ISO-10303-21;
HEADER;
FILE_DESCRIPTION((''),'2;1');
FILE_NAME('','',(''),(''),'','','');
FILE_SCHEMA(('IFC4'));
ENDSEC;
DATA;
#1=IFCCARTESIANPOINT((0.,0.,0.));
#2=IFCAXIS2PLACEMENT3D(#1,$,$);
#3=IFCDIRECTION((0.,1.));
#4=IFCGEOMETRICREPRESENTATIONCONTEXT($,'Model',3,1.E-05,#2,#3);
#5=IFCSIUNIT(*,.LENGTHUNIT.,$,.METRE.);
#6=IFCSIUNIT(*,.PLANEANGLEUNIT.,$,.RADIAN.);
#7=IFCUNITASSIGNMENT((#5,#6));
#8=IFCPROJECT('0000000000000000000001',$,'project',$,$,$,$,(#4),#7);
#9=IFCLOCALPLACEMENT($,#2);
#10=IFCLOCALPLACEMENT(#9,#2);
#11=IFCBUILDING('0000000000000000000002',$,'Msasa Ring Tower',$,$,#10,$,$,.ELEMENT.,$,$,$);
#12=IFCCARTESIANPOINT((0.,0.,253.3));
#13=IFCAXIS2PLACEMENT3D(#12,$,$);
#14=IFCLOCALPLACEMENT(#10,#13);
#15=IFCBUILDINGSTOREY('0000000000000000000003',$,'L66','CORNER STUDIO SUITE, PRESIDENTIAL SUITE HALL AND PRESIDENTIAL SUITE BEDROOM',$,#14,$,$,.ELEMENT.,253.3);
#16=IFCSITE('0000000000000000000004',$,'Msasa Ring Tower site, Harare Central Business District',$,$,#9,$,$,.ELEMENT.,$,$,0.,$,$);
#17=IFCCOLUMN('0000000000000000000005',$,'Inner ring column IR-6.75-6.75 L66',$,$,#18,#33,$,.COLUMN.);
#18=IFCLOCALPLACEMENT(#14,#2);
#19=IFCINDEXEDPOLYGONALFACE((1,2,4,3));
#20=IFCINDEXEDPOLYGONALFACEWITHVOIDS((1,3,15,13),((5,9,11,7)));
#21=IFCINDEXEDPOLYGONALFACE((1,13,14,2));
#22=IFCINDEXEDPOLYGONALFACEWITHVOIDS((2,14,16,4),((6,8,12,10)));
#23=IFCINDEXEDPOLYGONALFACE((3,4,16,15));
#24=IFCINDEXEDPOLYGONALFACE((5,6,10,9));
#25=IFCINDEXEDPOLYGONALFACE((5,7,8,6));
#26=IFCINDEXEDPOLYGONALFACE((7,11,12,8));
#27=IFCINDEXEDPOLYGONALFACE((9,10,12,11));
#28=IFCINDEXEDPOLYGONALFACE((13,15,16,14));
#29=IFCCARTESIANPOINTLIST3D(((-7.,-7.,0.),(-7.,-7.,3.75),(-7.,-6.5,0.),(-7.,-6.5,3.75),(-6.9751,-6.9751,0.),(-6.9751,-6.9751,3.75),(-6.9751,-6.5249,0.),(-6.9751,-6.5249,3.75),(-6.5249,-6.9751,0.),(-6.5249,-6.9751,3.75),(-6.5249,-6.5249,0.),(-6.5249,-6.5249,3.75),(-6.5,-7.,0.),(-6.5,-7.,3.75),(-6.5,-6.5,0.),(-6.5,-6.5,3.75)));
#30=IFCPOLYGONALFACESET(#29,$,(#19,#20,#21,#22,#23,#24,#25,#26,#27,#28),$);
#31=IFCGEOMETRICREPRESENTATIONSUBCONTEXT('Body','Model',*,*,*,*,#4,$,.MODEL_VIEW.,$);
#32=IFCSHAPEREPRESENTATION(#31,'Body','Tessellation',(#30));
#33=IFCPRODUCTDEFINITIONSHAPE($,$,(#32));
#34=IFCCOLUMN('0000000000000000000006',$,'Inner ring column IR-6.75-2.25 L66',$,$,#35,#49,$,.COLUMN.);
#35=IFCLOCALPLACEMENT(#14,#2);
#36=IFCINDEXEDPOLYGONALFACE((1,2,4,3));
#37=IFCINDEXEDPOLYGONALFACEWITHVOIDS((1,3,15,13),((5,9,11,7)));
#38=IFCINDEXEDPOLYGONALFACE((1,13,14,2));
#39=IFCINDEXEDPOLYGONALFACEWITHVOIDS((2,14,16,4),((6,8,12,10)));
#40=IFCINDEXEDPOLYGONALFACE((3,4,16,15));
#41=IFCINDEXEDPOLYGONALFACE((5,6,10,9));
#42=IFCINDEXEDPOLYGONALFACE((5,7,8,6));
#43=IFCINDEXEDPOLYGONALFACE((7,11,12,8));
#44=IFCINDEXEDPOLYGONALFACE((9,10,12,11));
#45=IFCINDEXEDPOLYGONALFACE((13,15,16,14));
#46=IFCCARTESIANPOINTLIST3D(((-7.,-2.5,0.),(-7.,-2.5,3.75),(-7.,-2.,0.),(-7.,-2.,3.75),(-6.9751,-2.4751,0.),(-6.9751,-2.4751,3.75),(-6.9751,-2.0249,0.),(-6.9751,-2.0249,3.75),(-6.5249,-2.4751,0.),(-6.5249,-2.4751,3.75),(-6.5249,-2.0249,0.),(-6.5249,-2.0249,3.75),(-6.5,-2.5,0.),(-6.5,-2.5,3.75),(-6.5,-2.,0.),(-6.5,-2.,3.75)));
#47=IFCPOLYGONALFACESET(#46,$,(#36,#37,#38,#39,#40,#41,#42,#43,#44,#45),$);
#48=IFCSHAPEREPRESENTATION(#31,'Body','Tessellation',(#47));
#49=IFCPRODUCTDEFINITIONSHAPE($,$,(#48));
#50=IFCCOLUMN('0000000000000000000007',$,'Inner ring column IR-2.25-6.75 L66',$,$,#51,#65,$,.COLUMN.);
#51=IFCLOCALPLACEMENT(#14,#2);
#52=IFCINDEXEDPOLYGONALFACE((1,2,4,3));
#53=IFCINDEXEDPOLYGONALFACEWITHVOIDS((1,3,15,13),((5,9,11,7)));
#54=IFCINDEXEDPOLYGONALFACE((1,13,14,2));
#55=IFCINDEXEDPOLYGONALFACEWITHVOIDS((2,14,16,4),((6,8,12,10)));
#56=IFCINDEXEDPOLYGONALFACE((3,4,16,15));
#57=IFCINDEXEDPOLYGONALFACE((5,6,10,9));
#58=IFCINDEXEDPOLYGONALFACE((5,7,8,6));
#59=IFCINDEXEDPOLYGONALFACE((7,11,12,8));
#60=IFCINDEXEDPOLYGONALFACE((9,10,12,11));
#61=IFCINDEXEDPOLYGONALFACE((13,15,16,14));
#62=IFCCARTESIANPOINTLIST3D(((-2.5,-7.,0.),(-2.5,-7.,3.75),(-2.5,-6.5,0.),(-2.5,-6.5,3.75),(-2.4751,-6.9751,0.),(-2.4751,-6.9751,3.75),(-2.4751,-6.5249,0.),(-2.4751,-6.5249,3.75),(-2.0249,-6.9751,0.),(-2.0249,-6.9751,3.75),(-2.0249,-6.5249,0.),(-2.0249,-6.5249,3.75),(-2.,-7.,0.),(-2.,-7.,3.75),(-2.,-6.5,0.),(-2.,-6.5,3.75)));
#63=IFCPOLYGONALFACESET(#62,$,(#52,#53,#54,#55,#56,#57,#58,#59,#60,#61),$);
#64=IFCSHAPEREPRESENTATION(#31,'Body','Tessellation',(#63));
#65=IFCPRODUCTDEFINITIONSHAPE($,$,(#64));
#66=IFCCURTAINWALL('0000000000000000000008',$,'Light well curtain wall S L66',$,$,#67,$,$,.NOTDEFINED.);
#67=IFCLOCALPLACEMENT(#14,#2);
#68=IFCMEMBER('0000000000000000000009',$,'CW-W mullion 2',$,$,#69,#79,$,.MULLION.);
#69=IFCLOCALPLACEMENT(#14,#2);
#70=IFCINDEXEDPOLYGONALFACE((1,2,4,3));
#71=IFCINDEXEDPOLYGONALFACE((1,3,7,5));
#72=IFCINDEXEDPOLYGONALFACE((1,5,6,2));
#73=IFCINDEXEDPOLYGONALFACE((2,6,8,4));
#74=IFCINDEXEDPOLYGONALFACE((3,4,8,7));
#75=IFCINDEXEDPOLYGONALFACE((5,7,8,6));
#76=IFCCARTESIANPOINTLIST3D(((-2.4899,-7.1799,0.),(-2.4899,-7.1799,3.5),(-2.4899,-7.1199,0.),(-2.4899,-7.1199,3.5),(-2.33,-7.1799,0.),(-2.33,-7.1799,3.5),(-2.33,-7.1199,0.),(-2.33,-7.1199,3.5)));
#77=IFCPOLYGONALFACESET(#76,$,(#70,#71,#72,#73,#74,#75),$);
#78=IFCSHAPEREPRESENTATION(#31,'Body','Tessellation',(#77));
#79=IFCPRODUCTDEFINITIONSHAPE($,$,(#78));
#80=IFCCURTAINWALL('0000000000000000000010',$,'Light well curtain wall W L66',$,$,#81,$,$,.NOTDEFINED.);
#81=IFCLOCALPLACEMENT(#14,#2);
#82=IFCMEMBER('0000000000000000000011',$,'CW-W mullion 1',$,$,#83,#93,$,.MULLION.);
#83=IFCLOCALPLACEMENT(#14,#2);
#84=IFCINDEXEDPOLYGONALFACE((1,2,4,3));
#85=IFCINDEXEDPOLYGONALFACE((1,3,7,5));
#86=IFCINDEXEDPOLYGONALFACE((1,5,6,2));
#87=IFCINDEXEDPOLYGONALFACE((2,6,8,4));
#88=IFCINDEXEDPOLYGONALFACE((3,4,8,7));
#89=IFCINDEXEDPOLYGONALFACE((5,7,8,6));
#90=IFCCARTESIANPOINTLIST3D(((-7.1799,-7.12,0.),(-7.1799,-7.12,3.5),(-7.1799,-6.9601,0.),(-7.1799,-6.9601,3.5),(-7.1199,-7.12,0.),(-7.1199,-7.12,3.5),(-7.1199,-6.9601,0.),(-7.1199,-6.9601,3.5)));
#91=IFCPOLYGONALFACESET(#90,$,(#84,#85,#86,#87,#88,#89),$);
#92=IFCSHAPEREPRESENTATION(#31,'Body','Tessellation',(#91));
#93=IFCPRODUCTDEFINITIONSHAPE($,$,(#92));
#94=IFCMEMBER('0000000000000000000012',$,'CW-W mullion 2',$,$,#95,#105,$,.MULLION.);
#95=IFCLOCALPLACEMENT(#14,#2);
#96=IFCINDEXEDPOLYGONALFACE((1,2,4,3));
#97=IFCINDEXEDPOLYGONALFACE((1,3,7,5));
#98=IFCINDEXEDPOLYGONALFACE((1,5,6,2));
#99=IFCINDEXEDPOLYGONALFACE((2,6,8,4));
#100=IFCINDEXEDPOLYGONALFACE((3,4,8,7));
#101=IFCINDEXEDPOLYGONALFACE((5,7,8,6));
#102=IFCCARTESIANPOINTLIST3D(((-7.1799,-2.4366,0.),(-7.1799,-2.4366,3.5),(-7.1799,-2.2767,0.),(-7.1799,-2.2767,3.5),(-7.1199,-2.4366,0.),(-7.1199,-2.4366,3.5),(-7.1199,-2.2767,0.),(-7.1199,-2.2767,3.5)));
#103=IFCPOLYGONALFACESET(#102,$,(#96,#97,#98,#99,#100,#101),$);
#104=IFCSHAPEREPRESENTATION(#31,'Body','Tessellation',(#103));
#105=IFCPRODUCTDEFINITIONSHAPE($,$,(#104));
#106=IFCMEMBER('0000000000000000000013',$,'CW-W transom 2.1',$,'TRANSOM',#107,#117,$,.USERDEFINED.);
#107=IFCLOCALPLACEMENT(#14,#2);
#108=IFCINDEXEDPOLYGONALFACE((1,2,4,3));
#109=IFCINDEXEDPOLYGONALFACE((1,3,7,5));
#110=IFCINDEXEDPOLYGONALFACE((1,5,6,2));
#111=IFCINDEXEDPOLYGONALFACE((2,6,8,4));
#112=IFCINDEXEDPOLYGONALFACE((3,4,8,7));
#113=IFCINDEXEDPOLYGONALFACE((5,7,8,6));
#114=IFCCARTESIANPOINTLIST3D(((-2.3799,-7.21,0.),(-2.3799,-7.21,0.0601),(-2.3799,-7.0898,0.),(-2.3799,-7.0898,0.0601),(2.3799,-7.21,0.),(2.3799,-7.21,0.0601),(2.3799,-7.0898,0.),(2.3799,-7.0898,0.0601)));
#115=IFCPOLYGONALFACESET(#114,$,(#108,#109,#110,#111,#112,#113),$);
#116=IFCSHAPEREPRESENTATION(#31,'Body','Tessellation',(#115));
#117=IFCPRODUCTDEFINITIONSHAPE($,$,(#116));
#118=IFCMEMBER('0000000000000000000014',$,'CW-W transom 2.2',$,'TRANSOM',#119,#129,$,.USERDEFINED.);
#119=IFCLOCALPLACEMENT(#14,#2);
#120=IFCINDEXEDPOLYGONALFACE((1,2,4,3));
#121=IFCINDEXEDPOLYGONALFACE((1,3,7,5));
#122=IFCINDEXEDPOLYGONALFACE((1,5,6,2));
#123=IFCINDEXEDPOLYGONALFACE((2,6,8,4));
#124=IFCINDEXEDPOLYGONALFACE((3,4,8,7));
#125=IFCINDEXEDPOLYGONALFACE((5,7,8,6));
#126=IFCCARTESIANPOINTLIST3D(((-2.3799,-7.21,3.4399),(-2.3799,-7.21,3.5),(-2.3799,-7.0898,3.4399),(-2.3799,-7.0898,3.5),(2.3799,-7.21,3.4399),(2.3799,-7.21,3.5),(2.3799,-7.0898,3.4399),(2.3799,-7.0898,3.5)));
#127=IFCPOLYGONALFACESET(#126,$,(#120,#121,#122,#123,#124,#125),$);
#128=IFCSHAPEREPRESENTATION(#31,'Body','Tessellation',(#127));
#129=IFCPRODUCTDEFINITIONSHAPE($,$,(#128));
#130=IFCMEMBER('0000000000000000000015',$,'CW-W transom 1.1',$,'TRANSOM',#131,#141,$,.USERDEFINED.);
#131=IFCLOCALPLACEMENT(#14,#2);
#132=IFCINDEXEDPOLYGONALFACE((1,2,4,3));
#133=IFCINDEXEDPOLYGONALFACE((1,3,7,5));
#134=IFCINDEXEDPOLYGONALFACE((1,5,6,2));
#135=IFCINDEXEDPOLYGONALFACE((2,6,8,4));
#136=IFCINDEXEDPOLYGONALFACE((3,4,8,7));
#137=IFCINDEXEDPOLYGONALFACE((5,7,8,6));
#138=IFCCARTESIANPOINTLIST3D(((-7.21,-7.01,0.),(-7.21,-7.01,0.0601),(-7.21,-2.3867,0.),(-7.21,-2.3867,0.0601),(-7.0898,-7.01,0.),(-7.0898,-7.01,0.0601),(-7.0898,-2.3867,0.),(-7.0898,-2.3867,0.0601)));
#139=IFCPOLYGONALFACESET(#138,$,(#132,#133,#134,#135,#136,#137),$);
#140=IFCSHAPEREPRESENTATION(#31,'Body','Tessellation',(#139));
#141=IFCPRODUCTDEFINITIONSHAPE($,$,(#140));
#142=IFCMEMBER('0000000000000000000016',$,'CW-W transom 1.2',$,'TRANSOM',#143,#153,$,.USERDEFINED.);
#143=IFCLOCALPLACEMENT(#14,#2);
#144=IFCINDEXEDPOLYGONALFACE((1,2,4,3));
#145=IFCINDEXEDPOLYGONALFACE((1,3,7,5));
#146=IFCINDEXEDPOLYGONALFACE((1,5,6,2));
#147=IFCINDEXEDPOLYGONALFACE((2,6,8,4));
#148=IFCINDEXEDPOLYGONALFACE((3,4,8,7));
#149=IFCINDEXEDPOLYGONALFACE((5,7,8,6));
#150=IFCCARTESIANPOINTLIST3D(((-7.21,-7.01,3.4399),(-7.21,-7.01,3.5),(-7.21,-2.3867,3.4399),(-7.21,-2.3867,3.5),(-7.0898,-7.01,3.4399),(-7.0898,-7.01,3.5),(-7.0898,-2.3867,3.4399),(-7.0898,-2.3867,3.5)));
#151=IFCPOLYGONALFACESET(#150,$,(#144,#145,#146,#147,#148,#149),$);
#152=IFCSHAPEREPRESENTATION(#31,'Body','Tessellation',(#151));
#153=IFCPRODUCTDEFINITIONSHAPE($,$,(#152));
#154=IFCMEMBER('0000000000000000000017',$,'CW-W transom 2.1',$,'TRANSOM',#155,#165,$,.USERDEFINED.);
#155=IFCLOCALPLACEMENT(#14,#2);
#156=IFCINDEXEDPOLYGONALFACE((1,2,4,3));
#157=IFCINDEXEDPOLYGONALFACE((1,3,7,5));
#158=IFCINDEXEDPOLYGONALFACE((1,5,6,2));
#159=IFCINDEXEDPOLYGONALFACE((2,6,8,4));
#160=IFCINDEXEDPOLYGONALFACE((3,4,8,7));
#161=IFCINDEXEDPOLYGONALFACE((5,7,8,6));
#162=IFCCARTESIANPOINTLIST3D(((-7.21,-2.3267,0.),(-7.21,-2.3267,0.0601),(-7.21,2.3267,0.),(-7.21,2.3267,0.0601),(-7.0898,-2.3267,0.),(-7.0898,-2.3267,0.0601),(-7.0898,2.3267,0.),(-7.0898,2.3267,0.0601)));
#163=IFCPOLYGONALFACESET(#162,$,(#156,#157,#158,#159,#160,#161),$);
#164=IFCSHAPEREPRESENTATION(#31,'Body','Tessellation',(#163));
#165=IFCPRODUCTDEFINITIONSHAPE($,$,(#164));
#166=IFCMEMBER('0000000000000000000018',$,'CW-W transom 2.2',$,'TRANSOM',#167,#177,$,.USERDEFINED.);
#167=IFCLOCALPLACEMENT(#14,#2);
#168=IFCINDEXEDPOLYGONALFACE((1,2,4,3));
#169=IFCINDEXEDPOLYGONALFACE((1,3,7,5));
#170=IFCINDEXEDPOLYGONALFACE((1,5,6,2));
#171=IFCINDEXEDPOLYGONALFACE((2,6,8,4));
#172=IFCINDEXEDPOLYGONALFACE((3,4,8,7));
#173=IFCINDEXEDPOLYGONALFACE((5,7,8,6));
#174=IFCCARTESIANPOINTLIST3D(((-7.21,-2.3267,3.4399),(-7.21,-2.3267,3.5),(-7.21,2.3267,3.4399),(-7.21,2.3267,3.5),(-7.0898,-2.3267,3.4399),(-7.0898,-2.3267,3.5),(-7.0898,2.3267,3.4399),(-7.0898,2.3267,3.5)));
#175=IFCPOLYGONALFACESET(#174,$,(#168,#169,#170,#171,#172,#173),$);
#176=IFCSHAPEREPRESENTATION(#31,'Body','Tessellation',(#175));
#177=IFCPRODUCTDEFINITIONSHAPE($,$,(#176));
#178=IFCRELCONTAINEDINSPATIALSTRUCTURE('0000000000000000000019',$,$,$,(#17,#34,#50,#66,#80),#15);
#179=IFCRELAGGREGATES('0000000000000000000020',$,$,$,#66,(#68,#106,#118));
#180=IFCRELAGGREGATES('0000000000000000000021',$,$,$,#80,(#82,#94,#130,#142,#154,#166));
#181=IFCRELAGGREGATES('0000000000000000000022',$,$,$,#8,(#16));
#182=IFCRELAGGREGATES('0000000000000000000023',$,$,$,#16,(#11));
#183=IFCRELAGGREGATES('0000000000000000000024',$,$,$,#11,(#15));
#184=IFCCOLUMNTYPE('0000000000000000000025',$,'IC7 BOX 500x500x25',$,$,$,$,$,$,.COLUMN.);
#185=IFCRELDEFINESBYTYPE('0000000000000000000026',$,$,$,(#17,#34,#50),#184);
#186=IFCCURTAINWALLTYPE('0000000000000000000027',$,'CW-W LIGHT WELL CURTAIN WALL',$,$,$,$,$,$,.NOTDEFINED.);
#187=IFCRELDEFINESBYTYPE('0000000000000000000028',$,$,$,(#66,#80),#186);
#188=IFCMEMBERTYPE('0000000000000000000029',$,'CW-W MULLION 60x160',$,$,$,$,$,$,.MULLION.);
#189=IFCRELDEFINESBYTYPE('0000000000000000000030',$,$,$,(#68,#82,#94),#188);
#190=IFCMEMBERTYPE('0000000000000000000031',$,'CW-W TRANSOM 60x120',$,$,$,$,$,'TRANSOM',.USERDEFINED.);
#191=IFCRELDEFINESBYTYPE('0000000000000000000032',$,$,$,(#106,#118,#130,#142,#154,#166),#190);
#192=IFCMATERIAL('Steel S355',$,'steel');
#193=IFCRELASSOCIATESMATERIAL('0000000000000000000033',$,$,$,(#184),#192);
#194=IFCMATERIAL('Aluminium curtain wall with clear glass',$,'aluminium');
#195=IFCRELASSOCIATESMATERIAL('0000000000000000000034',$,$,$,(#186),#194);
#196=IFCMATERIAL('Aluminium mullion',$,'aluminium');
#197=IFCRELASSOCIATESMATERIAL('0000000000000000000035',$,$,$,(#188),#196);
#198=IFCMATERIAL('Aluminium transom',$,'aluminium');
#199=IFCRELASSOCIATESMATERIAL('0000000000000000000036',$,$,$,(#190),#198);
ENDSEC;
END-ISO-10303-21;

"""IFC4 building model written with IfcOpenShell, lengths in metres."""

from ifc_helpers import new_model, si_unit, direction, frame, origin, origin_2d, place, context, subcontext, project, spatial, rectangle, hollow_rectangle, extrude, material, material_profile, profile_set, type_object, element, aggregate, save


model = new_model("IFC4")

# Units and contexts
model_context = context("Model", 3, precision=1e-05, world=origin(), true_north=direction((0.0, 1.0)))
body_context = subcontext(model_context, "Body", "Model", "MODEL_VIEW")
ifc_project = project(units=[si_unit("LENGTHUNIT", "METRE"), si_unit("PLANEANGLEUNIT", "RADIAN")], contexts=[model_context])

# Site, building, storey
site_placement = place(None, origin())
site = spatial("IfcSite", under=ifc_project, at=site_placement, Name="Msasa Ring Tower site, Harare Central Business District", CompositionType="ELEMENT", RefElevation=0.0)
building_placement = place(site_placement, origin())
building = spatial("IfcBuilding", under=site, at=building_placement, Name="Msasa Ring Tower", CompositionType="ELEMENT")
storey_placement = place(building_placement, frame((0.0, 0.0, 253.3)))
storey = spatial("IfcBuildingStorey", under=building, at=storey_placement, Name="L66", Description="CORNER STUDIO SUITE, PRESIDENTIAL SUITE HALL AND PRESIDENTIAL SUITE BEDROOM", CompositionType="ELEMENT", Elevation=253.3)

# Columns
ifc_material_1 = material(Name="Steel S355", Category="steel")
ifc_material_profile_1 = material_profile(ifc_material_1, hollow_rectangle(XDim=0.5, YDim=0.5, WallThickness=0.0249, at=origin_2d()), Name="BOX 500x500x25")
ifc_profile_set_1 = profile_set([ifc_material_profile_1], Name="Steel S355")
column_type = type_object("IfcColumnType", Name="IC7 BOX 500x500x25", PredefinedType="COLUMN", material=ifc_profile_set_1)
for number, where, z_axis, x_axis, name in (
    (1, (-6.75, -6.75, 0.0), (0.0, 0.0, 1.0), (1.0, 0.0, 0.0), "Inner ring column IR-6.75-6.75 L66"),
    (2, (-6.75, -2.25, 0.0), (0.0, 0.0, 1.0), (1.0, 0.0, 0.0), "Inner ring column IR-6.75-2.25 L66"),
    (3, (-2.25, -6.75, 0.0), (0.0, 0.0, 1.0), (1.0, 0.0, 0.0), "Inner ring column IR-2.25-6.75 L66"),
):
    element("IfcColumn", number, at=place(storey_placement, frame(where, z_axis=z_axis, x_axis=x_axis)), inside=storey, type_object=column_type, Name=name, PredefinedType="COLUMN", context=body_context, shape_type="SweptSolid", body=[
        extrude(hollow_rectangle(XDim=0.5, YDim=0.5, WallThickness=0.0249, at=origin_2d()), origin(), (0.0, 0.0, 1.0), 3.75),
    ])

# Curtain wall, member
ifc_material_2 = material(Name="Aluminium curtain wall with clear glass", Category="aluminium")
curtain_wall_type = type_object("IfcCurtainWallType", Name="CW-W LIGHT WELL CURTAIN WALL", PredefinedType="NOTDEFINED", material=ifc_material_2)
curtain_wall_1_placement = place(storey_placement, origin())
curtain_wall_1 = element("IfcCurtainWall", 4, at=curtain_wall_1_placement, inside=storey, type_object=curtain_wall_type, Name="Light well curtain wall S L66", PredefinedType="NOTDEFINED")
ifc_material_3 = material(Name="Aluminium mullion", Category="aluminium")
ifc_material_profile_2 = material_profile(ifc_material_3, rectangle(XDim=0.0601, YDim=0.1599, at=origin_2d()), Name="AL 60x160")
ifc_profile_set_2 = profile_set([ifc_material_profile_2], Name="Aluminium mullion")
member_type_1 = type_object("IfcMemberType", Name="CW-W MULLION 60x160", PredefinedType="MULLION", material=ifc_profile_set_2)
member_1_placement = place(storey_placement, frame((-2.4099, -7.1499, 0.0), z_axis=(0.0, 0.0, 1.0), x_axis=(0.0, 1.0, 0.0)))
member_1 = element("IfcMember", 5, at=member_1_placement, type_object=member_type_1, Name="CW-W mullion 2", PredefinedType="MULLION", context=body_context, shape_type="SweptSolid", body=[
    extrude(rectangle(XDim=0.0601, YDim=0.1599, at=origin_2d()), origin(), (0.0, 0.0, 1.0), 3.5),
])

# Curtain wall, members
curtain_wall_2_placement = place(storey_placement, origin())
curtain_wall_2 = element("IfcCurtainWall", 6, at=curtain_wall_2_placement, inside=storey, type_object=curtain_wall_type, Name="Light well curtain wall W L66", PredefinedType="NOTDEFINED")
member_2_placement = place(storey_placement, frame((-7.1499, -7.04, 0.0), z_axis=(0.0, 0.0, 1.0), x_axis=(-1.0, 0.0, 0.0)))
member_2 = element("IfcMember", 7, at=member_2_placement, type_object=member_type_1, Name="CW-W mullion 1", PredefinedType="MULLION", context=body_context, shape_type="SweptSolid", body=[
    extrude(rectangle(XDim=0.0601, YDim=0.1599, at=origin_2d()), origin(), (0.0, 0.0, 1.0), 3.5),
])
member_3_placement = place(storey_placement, frame((-7.1499, -2.3567, 0.0), z_axis=(0.0, 0.0, 1.0), x_axis=(-1.0, 0.0, 0.0)))
member_3 = element("IfcMember", 8, at=member_3_placement, type_object=member_type_1, Name="CW-W mullion 2", PredefinedType="MULLION", context=body_context, shape_type="SweptSolid", body=[
    extrude(rectangle(XDim=0.0601, YDim=0.1599, at=origin_2d()), origin(), (0.0, 0.0, 1.0), 3.5),
])

# Members
ifc_material_4 = material(Name="Aluminium transom", Category="aluminium")
ifc_material_profile_3 = material_profile(ifc_material_4, rectangle(XDim=0.1201, YDim=0.0601, at=origin_2d()), Name="AL 60x120")
ifc_profile_set_3 = profile_set([ifc_material_profile_3], Name="Aluminium transom")
member_type_2 = type_object("IfcMemberType", Name="CW-W TRANSOM 60x120", ElementType="TRANSOM", PredefinedType="USERDEFINED", material=ifc_profile_set_3)
member_4_placement = place(storey_placement, frame((-2.3799, -7.1499, 0.03), z_axis=(1.0, 0.0, 0.0), x_axis=(0.0, 1.0, 0.0)))
member_4 = element("IfcMember", 9, at=member_4_placement, type_object=member_type_2, Name="CW-W transom 2.1", ObjectType="TRANSOM", PredefinedType="USERDEFINED", context=body_context, shape_type="SweptSolid", body=[
    extrude(rectangle(XDim=0.1201, YDim=0.0601, at=origin_2d()), origin(), (0.0, 0.0, 1.0), 4.7598),
])
member_5_placement = place(storey_placement, frame((-2.3799, -7.1499, 3.47), z_axis=(1.0, 0.0, 0.0), x_axis=(0.0, 1.0, 0.0)))
member_5 = element("IfcMember", 10, at=member_5_placement, type_object=member_type_2, Name="CW-W transom 2.2", ObjectType="TRANSOM", PredefinedType="USERDEFINED", context=body_context, shape_type="SweptSolid", body=[
    extrude(rectangle(XDim=0.1201, YDim=0.0601, at=origin_2d()), origin(), (0.0, 0.0, 1.0), 4.7598),
])
aggregate(curtain_wall_1, [member_1, member_4, member_5])
member_6_placement = place(storey_placement, frame((-7.1499, -7.01, 0.03), z_axis=(0.0, 1.0, 0.0), x_axis=(-1.0, 0.0, 0.0)))
member_6 = element("IfcMember", 11, at=member_6_placement, type_object=member_type_2, Name="CW-W transom 1.1", ObjectType="TRANSOM", PredefinedType="USERDEFINED", context=body_context, shape_type="SweptSolid", body=[
    extrude(rectangle(XDim=0.1201, YDim=0.0601, at=origin_2d()), origin(), (0.0, 0.0, 1.0), 4.6233),
])
member_7_placement = place(storey_placement, frame((-7.1499, -7.01, 3.47), z_axis=(0.0, 1.0, 0.0), x_axis=(-1.0, 0.0, 0.0)))
member_7 = element("IfcMember", 12, at=member_7_placement, type_object=member_type_2, Name="CW-W transom 1.2", ObjectType="TRANSOM", PredefinedType="USERDEFINED", context=body_context, shape_type="SweptSolid", body=[
    extrude(rectangle(XDim=0.1201, YDim=0.0601, at=origin_2d()), origin(), (0.0, 0.0, 1.0), 4.6233),
])
member_8_placement = place(storey_placement, frame((-7.1499, -2.3267, 0.03), z_axis=(0.0, 1.0, 0.0), x_axis=(-1.0, 0.0, 0.0)))
member_8 = element("IfcMember", 13, at=member_8_placement, type_object=member_type_2, Name="CW-W transom 2.1", ObjectType="TRANSOM", PredefinedType="USERDEFINED", context=body_context, shape_type="SweptSolid", body=[
    extrude(rectangle(XDim=0.1201, YDim=0.0601, at=origin_2d()), origin(), (0.0, 0.0, 1.0), 4.6533),
])
member_9_placement = place(storey_placement, frame((-7.1499, -2.3267, 3.47), z_axis=(0.0, 1.0, 0.0), x_axis=(-1.0, 0.0, 0.0)))
member_9 = element("IfcMember", 14, at=member_9_placement, type_object=member_type_2, Name="CW-W transom 2.2", ObjectType="TRANSOM", PredefinedType="USERDEFINED", context=body_context, shape_type="SweptSolid", body=[
    extrude(rectangle(XDim=0.1201, YDim=0.0601, at=origin_2d()), origin(), (0.0, 0.0, 1.0), 4.6533),
])

aggregate(curtain_wall_2, [member_2, member_3, member_6, member_7, member_8, member_9])

save(model, "model.ifc")
